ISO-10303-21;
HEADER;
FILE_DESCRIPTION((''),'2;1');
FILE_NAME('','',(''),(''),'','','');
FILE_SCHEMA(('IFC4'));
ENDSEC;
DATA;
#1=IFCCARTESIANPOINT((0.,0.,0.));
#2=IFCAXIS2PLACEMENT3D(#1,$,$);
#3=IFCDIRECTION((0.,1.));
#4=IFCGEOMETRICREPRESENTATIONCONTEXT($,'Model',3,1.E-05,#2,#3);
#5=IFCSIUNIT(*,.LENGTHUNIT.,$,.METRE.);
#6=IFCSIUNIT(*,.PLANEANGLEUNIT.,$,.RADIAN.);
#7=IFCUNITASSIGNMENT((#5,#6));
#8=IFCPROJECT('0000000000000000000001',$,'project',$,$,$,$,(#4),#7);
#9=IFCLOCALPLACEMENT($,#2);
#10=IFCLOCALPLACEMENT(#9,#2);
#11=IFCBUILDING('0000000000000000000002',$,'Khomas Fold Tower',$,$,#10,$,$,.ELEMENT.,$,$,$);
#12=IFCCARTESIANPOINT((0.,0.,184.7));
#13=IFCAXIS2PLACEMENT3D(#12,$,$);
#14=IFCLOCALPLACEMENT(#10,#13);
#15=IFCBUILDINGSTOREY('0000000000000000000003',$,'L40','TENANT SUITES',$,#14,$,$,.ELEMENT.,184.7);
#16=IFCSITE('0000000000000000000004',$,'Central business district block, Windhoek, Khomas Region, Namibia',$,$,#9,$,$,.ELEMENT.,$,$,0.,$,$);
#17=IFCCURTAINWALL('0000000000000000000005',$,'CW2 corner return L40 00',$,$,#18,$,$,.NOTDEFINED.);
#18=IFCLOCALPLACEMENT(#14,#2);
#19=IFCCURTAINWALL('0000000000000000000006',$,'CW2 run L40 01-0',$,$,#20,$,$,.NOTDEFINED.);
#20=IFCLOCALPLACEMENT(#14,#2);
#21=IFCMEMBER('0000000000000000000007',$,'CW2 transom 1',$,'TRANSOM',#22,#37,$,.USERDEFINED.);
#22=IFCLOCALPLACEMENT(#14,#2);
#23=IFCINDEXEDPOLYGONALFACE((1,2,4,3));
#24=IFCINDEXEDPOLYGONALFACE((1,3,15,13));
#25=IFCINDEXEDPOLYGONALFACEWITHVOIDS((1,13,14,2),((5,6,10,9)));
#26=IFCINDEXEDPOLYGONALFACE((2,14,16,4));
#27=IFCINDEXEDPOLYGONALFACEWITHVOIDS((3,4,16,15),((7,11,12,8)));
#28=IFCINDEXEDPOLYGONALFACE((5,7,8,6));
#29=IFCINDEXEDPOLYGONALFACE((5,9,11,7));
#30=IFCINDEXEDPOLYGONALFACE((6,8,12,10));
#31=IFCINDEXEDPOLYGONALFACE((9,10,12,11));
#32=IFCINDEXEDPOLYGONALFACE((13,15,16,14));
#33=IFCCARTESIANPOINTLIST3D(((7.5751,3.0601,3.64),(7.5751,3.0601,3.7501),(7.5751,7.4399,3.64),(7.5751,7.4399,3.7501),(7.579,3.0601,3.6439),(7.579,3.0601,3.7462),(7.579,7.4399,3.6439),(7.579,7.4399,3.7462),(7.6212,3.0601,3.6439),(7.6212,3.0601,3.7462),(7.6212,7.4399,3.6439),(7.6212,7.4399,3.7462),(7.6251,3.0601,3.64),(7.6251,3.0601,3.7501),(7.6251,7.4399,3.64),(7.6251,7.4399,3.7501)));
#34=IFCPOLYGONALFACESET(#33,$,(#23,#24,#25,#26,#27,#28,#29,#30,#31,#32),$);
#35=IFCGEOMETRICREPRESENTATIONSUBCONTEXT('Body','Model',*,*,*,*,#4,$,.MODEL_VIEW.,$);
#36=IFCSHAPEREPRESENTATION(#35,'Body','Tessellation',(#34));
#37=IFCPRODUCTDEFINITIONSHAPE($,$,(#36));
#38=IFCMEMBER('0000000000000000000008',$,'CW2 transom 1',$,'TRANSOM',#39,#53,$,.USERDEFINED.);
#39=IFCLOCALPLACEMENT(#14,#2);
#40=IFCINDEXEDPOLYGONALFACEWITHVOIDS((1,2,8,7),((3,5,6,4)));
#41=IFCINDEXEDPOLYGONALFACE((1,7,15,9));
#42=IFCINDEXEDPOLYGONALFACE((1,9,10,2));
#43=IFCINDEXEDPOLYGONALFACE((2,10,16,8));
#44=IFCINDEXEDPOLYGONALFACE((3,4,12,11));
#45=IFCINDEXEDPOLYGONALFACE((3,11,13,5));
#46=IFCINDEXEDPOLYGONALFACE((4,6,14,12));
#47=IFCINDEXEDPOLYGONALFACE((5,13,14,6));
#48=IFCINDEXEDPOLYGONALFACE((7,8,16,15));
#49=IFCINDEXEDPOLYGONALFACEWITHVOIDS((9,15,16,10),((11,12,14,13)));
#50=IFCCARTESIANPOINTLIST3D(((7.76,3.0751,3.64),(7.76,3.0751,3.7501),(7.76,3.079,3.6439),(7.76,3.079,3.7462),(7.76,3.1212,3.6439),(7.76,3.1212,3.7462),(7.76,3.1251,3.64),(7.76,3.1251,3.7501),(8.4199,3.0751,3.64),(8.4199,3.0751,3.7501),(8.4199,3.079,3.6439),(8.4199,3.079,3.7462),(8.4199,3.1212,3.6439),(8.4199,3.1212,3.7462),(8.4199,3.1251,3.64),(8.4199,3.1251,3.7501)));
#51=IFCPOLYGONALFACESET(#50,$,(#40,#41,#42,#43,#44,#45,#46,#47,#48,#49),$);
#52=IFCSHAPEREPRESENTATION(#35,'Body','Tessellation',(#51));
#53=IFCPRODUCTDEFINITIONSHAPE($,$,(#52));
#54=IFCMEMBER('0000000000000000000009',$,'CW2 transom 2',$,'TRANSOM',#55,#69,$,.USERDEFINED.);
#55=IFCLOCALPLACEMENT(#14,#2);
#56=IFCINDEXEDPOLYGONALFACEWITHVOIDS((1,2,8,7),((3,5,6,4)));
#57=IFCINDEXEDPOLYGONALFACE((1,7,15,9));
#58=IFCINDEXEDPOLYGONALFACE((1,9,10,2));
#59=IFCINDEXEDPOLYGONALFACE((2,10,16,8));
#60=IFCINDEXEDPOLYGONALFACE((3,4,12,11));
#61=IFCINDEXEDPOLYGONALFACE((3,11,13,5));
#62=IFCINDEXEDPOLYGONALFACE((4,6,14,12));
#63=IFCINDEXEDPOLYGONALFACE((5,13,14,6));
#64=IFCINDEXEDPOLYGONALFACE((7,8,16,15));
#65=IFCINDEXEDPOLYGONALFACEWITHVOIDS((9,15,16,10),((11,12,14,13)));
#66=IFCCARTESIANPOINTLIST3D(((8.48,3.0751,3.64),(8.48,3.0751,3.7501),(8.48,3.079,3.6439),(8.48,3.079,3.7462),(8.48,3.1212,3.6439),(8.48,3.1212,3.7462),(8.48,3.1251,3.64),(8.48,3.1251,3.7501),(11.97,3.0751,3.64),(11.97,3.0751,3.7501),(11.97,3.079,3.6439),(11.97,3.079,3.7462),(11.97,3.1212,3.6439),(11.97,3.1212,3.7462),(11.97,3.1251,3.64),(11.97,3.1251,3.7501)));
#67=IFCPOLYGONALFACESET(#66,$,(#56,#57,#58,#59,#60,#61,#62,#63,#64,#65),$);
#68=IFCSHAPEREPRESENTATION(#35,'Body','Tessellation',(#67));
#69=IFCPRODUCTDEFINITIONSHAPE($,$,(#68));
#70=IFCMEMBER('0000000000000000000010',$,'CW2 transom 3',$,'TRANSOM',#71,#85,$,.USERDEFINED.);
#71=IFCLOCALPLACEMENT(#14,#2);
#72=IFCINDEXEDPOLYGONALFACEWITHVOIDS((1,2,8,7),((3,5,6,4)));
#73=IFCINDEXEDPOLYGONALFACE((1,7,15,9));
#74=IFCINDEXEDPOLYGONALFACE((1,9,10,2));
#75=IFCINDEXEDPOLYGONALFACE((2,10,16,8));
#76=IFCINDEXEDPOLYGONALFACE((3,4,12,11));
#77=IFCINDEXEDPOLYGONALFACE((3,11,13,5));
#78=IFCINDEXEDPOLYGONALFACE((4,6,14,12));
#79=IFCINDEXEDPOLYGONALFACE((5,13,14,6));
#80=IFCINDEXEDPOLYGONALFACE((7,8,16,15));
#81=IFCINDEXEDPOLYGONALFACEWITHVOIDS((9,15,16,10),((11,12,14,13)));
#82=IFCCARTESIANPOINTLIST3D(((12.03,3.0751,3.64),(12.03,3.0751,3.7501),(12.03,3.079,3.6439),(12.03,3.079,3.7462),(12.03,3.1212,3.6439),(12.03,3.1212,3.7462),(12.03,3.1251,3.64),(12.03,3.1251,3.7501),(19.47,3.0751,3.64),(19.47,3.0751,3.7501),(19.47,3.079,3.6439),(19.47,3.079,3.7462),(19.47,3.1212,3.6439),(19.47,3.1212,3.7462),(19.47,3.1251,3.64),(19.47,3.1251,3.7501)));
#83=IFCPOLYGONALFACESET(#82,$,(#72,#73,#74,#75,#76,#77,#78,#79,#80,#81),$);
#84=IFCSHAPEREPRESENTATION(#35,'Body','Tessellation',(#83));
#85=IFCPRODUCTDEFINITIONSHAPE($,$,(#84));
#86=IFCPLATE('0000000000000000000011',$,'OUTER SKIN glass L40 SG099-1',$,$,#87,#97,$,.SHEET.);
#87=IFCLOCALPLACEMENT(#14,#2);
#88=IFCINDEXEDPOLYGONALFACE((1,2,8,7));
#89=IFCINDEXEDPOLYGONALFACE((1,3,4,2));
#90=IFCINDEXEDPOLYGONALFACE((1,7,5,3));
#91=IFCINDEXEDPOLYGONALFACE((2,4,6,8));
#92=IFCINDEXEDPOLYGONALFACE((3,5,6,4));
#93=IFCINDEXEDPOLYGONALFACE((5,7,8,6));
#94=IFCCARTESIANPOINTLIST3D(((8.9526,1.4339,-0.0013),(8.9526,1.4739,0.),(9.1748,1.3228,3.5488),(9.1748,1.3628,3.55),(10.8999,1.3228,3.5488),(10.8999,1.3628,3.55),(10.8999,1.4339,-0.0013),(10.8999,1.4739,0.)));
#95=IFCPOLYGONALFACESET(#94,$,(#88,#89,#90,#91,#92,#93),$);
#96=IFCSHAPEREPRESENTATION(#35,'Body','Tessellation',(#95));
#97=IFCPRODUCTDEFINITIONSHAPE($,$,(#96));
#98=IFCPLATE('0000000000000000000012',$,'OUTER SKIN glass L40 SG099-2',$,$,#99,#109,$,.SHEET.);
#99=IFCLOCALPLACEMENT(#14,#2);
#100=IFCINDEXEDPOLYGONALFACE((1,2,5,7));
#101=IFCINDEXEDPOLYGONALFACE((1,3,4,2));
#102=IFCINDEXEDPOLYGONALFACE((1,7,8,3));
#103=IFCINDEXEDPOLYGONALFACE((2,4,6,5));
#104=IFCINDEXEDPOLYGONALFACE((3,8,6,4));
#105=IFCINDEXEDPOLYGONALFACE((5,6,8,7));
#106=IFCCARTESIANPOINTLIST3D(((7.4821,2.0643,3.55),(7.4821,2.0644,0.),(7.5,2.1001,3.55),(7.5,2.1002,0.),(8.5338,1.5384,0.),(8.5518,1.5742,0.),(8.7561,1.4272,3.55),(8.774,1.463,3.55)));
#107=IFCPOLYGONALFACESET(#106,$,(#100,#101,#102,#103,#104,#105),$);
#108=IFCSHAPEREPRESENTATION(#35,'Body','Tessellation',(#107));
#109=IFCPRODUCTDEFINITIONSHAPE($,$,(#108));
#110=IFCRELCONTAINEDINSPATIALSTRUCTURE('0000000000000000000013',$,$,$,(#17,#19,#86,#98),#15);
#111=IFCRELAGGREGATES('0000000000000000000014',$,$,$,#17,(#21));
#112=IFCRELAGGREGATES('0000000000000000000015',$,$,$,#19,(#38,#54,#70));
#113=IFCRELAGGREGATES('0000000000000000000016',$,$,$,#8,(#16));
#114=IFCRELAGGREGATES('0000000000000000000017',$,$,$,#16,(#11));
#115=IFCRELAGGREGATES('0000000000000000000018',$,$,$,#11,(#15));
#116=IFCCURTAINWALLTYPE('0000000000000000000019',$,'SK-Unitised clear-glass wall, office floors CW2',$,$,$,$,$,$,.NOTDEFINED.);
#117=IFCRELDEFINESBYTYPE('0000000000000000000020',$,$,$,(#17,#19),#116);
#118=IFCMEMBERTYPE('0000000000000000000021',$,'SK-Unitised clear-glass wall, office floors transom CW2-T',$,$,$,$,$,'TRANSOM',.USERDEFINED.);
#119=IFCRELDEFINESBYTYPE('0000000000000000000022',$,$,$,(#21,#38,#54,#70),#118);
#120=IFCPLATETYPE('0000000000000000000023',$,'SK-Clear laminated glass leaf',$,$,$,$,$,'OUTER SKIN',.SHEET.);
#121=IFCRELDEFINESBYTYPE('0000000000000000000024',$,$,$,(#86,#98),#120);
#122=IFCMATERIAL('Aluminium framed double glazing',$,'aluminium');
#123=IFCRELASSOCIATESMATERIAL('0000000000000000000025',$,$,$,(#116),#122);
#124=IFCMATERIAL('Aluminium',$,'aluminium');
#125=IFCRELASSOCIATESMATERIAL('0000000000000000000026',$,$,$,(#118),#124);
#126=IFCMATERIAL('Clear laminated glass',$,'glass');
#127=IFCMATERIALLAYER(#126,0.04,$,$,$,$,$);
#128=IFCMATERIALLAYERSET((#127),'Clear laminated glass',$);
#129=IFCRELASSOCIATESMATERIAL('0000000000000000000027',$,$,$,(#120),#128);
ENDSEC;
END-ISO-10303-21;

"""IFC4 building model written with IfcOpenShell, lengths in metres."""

from ifc_helpers import new_model, si_unit, direction, frame, origin, origin_2d, place, context, subcontext, project, spatial, polyline, hollow_rectangle, outline, extrude, source, transform, mapped, material, layer, layer_set, material_profile, profile_set, type_object, element, aggregate, save


model = new_model("IFC4")

# Units and contexts
model_context = context("Model", 3, precision=1e-05, world=origin(), true_north=direction((0.0, 1.0)))
body_context = subcontext(model_context, "Body", "Model", "MODEL_VIEW")
ifc_project = project(units=[si_unit("LENGTHUNIT", "METRE"), si_unit("PLANEANGLEUNIT", "RADIAN")], contexts=[model_context])

# Site, building, storey
site_placement = place(None, origin())
site = spatial("IfcSite", under=ifc_project, at=site_placement, Name="Central business district block, Windhoek, Khomas Region, Namibia", CompositionType="ELEMENT", RefElevation=0.0)
building_placement = place(site_placement, origin())
building = spatial("IfcBuilding", under=site, at=building_placement, Name="Khomas Fold Tower", CompositionType="ELEMENT")
storey_placement = place(building_placement, frame((0.0, 0.0, 184.7)))
storey = spatial("IfcBuildingStorey", under=building, at=storey_placement, Name="L40", Description="TENANT SUITES", CompositionType="ELEMENT", Elevation=184.7)

# Curtain wall
ifc_material_1 = material(Name="Aluminium framed double glazing", Category="aluminium")
curtain_wall_type = type_object("IfcCurtainWallType", Name="SK-Unitised clear-glass wall, office floors CW2", PredefinedType="NOTDEFINED", material=ifc_material_1)
curtain_wall_1_placement = place(storey_placement, origin())
curtain_wall_1 = element("IfcCurtainWall", 1, at=curtain_wall_1_placement, inside=storey, type_object=curtain_wall_type, Name="CW2 corner return L40 00", PredefinedType="NOTDEFINED")

# Curtain wall
curtain_wall_2_placement = place(storey_placement, origin())
curtain_wall_2 = element("IfcCurtainWall", 2, at=curtain_wall_2_placement, inside=storey, type_object=curtain_wall_type, Name="CW2 run L40 01-0", PredefinedType="NOTDEFINED")

# Members
ifc_material_2 = material(Name="Aluminium", Category="aluminium")
ifc_material_profile_1 = material_profile(ifc_material_2, hollow_rectangle(XDim=0.05, YDim=0.1101, WallThickness=0.0039, at=origin_2d()), Name="SK-Unitised clear-glass wall, office floors transom CW2-T")
ifc_profile_set_1 = profile_set([ifc_material_profile_1], Name="Aluminium")
member_type_1 = type_object("IfcMemberType", Name="SK-Unitised clear-glass wall, office floors transom CW2-T", ElementType="TRANSOM", PredefinedType="USERDEFINED", material=ifc_profile_set_1)
shared_shape_1 = source(origin(), body_context, "Body", "SweptSolid", [
    extrude(hollow_rectangle(XDim=0.05, YDim=0.1101, WallThickness=0.0039, at=origin_2d()), origin(), (0.0, 0.0, 1.0), 4.3799),
])
member_1_placement = place(storey_placement, frame((7.6001, 7.4399, 3.6951), z_axis=(0.0, -1.0, 0.0), x_axis=(1.0, 0.0, 0.0)))
member_1 = element("IfcMember", 3, at=member_1_placement, type_object=member_type_1, Name="CW2 transom 1", ObjectType="TRANSOM", PredefinedType="USERDEFINED", context=body_context, shape_type="MappedRepresentation", body=[
    mapped(shared_shape_1, transform((0.0, 0.0, 0.0))),
])
shared_shape_2 = source(origin(), body_context, "Body", "SweptSolid", [
    extrude(hollow_rectangle(XDim=0.05, YDim=0.1101, WallThickness=0.0039, at=origin_2d()), origin(), (0.0, 0.0, 1.0), 0.6599),
])
member_2_placement = place(storey_placement, frame((7.76, 3.1001, 3.6951), z_axis=(1.0, 0.0, 0.0), x_axis=(0.0, 1.0, 0.0)))
member_2 = element("IfcMember", 4, at=member_2_placement, type_object=member_type_1, Name="CW2 transom 1", ObjectType="TRANSOM", PredefinedType="USERDEFINED", context=body_context, shape_type="MappedRepresentation", body=[
    mapped(shared_shape_2, transform((0.0, 0.0, 0.0))),
])
shared_shape_3 = source(origin(), body_context, "Body", "SweptSolid", [
    extrude(hollow_rectangle(XDim=0.05, YDim=0.1101, WallThickness=0.0039, at=origin_2d()), origin(), (0.0, 0.0, 1.0), 3.49),
])
member_3_placement = place(storey_placement, frame((8.48, 3.1001, 3.6951), z_axis=(1.0, 0.0, 0.0), x_axis=(0.0, 1.0, 0.0)))
member_3 = element("IfcMember", 5, at=member_3_placement, type_object=member_type_1, Name="CW2 transom 2", ObjectType="TRANSOM", PredefinedType="USERDEFINED", context=body_context, shape_type="MappedRepresentation", body=[
    mapped(shared_shape_3, transform((0.0, 0.0, 0.0))),
])
shared_shape_4 = source(origin(), body_context, "Body", "SweptSolid", [
    extrude(hollow_rectangle(XDim=0.05, YDim=0.1101, WallThickness=0.0039, at=origin_2d()), origin(), (0.0, 0.0, 1.0), 7.4399),
])
member_4_placement = place(storey_placement, frame((12.03, 3.1001, 3.6951), z_axis=(1.0, 0.0, 0.0), x_axis=(0.0, 1.0, 0.0)))
member_4 = element("IfcMember", 6, at=member_4_placement, type_object=member_type_1, Name="CW2 transom 3", ObjectType="TRANSOM", PredefinedType="USERDEFINED", context=body_context, shape_type="MappedRepresentation", body=[
    mapped(shared_shape_4, transform((0.0, 0.0, 0.0))),
])

# Plates
ifc_material_3 = material(Name="Clear laminated glass", Category="glass")
ifc_layer_1 = layer(ifc_material_3, 0.04)
ifc_layer_set_1 = layer_set([ifc_layer_1], Name="Clear laminated glass")
plate_type_1 = type_object("IfcPlateType", Name="SK-Clear laminated glass leaf", ElementType="OUTER SKIN", PredefinedType="SHEET", material=ifc_layer_set_1)
plate_1_placement = place(storey_placement, frame((10.8999, 1.4739, 0.0), z_axis=(0.0, 0.999511, 0.031276), x_axis=(-1.0, 0.0, 0.0)))
element("IfcPlate", 7, at=plate_1_placement, inside=storey, type_object=plate_type_1, Name="OUTER SKIN glass L40 SG099-1", PredefinedType="SHEET", context=body_context, shape_type="SweptSolid", body=[
    extrude(outline(polyline([(0.0, 0.0), (1.9473, 0.0), (1.7251, 3.5518), (0.0, 3.5518), (0.0, 0.0)])), origin(), (0.0, 0.0, -1.0), 0.04),
])
plate_2_placement = place(storey_placement, frame((8.5518, 1.5742, 0.0), z_axis=(0.447289, 0.89439, 0.000028), x_axis=(-0.89439, 0.447289, 0.0)))
element("IfcPlate", 8, at=plate_2_placement, inside=storey, type_object=plate_type_1, Name="OUTER SKIN glass L40 SG099-2", PredefinedType="SHEET", context=body_context, shape_type="SweptSolid", body=[
    extrude(outline(polyline([(0.0, 0.0), (1.1759, 0.0), (1.1759, 3.55), (-0.2485, 3.55), (0.0, 0.0)])), origin(), (0.0, 0.0, -1.0), 0.04),
])

aggregate(curtain_wall_1, [member_1])
aggregate(curtain_wall_2, [member_2, member_3, member_4])

save(model, "model.ifc")
